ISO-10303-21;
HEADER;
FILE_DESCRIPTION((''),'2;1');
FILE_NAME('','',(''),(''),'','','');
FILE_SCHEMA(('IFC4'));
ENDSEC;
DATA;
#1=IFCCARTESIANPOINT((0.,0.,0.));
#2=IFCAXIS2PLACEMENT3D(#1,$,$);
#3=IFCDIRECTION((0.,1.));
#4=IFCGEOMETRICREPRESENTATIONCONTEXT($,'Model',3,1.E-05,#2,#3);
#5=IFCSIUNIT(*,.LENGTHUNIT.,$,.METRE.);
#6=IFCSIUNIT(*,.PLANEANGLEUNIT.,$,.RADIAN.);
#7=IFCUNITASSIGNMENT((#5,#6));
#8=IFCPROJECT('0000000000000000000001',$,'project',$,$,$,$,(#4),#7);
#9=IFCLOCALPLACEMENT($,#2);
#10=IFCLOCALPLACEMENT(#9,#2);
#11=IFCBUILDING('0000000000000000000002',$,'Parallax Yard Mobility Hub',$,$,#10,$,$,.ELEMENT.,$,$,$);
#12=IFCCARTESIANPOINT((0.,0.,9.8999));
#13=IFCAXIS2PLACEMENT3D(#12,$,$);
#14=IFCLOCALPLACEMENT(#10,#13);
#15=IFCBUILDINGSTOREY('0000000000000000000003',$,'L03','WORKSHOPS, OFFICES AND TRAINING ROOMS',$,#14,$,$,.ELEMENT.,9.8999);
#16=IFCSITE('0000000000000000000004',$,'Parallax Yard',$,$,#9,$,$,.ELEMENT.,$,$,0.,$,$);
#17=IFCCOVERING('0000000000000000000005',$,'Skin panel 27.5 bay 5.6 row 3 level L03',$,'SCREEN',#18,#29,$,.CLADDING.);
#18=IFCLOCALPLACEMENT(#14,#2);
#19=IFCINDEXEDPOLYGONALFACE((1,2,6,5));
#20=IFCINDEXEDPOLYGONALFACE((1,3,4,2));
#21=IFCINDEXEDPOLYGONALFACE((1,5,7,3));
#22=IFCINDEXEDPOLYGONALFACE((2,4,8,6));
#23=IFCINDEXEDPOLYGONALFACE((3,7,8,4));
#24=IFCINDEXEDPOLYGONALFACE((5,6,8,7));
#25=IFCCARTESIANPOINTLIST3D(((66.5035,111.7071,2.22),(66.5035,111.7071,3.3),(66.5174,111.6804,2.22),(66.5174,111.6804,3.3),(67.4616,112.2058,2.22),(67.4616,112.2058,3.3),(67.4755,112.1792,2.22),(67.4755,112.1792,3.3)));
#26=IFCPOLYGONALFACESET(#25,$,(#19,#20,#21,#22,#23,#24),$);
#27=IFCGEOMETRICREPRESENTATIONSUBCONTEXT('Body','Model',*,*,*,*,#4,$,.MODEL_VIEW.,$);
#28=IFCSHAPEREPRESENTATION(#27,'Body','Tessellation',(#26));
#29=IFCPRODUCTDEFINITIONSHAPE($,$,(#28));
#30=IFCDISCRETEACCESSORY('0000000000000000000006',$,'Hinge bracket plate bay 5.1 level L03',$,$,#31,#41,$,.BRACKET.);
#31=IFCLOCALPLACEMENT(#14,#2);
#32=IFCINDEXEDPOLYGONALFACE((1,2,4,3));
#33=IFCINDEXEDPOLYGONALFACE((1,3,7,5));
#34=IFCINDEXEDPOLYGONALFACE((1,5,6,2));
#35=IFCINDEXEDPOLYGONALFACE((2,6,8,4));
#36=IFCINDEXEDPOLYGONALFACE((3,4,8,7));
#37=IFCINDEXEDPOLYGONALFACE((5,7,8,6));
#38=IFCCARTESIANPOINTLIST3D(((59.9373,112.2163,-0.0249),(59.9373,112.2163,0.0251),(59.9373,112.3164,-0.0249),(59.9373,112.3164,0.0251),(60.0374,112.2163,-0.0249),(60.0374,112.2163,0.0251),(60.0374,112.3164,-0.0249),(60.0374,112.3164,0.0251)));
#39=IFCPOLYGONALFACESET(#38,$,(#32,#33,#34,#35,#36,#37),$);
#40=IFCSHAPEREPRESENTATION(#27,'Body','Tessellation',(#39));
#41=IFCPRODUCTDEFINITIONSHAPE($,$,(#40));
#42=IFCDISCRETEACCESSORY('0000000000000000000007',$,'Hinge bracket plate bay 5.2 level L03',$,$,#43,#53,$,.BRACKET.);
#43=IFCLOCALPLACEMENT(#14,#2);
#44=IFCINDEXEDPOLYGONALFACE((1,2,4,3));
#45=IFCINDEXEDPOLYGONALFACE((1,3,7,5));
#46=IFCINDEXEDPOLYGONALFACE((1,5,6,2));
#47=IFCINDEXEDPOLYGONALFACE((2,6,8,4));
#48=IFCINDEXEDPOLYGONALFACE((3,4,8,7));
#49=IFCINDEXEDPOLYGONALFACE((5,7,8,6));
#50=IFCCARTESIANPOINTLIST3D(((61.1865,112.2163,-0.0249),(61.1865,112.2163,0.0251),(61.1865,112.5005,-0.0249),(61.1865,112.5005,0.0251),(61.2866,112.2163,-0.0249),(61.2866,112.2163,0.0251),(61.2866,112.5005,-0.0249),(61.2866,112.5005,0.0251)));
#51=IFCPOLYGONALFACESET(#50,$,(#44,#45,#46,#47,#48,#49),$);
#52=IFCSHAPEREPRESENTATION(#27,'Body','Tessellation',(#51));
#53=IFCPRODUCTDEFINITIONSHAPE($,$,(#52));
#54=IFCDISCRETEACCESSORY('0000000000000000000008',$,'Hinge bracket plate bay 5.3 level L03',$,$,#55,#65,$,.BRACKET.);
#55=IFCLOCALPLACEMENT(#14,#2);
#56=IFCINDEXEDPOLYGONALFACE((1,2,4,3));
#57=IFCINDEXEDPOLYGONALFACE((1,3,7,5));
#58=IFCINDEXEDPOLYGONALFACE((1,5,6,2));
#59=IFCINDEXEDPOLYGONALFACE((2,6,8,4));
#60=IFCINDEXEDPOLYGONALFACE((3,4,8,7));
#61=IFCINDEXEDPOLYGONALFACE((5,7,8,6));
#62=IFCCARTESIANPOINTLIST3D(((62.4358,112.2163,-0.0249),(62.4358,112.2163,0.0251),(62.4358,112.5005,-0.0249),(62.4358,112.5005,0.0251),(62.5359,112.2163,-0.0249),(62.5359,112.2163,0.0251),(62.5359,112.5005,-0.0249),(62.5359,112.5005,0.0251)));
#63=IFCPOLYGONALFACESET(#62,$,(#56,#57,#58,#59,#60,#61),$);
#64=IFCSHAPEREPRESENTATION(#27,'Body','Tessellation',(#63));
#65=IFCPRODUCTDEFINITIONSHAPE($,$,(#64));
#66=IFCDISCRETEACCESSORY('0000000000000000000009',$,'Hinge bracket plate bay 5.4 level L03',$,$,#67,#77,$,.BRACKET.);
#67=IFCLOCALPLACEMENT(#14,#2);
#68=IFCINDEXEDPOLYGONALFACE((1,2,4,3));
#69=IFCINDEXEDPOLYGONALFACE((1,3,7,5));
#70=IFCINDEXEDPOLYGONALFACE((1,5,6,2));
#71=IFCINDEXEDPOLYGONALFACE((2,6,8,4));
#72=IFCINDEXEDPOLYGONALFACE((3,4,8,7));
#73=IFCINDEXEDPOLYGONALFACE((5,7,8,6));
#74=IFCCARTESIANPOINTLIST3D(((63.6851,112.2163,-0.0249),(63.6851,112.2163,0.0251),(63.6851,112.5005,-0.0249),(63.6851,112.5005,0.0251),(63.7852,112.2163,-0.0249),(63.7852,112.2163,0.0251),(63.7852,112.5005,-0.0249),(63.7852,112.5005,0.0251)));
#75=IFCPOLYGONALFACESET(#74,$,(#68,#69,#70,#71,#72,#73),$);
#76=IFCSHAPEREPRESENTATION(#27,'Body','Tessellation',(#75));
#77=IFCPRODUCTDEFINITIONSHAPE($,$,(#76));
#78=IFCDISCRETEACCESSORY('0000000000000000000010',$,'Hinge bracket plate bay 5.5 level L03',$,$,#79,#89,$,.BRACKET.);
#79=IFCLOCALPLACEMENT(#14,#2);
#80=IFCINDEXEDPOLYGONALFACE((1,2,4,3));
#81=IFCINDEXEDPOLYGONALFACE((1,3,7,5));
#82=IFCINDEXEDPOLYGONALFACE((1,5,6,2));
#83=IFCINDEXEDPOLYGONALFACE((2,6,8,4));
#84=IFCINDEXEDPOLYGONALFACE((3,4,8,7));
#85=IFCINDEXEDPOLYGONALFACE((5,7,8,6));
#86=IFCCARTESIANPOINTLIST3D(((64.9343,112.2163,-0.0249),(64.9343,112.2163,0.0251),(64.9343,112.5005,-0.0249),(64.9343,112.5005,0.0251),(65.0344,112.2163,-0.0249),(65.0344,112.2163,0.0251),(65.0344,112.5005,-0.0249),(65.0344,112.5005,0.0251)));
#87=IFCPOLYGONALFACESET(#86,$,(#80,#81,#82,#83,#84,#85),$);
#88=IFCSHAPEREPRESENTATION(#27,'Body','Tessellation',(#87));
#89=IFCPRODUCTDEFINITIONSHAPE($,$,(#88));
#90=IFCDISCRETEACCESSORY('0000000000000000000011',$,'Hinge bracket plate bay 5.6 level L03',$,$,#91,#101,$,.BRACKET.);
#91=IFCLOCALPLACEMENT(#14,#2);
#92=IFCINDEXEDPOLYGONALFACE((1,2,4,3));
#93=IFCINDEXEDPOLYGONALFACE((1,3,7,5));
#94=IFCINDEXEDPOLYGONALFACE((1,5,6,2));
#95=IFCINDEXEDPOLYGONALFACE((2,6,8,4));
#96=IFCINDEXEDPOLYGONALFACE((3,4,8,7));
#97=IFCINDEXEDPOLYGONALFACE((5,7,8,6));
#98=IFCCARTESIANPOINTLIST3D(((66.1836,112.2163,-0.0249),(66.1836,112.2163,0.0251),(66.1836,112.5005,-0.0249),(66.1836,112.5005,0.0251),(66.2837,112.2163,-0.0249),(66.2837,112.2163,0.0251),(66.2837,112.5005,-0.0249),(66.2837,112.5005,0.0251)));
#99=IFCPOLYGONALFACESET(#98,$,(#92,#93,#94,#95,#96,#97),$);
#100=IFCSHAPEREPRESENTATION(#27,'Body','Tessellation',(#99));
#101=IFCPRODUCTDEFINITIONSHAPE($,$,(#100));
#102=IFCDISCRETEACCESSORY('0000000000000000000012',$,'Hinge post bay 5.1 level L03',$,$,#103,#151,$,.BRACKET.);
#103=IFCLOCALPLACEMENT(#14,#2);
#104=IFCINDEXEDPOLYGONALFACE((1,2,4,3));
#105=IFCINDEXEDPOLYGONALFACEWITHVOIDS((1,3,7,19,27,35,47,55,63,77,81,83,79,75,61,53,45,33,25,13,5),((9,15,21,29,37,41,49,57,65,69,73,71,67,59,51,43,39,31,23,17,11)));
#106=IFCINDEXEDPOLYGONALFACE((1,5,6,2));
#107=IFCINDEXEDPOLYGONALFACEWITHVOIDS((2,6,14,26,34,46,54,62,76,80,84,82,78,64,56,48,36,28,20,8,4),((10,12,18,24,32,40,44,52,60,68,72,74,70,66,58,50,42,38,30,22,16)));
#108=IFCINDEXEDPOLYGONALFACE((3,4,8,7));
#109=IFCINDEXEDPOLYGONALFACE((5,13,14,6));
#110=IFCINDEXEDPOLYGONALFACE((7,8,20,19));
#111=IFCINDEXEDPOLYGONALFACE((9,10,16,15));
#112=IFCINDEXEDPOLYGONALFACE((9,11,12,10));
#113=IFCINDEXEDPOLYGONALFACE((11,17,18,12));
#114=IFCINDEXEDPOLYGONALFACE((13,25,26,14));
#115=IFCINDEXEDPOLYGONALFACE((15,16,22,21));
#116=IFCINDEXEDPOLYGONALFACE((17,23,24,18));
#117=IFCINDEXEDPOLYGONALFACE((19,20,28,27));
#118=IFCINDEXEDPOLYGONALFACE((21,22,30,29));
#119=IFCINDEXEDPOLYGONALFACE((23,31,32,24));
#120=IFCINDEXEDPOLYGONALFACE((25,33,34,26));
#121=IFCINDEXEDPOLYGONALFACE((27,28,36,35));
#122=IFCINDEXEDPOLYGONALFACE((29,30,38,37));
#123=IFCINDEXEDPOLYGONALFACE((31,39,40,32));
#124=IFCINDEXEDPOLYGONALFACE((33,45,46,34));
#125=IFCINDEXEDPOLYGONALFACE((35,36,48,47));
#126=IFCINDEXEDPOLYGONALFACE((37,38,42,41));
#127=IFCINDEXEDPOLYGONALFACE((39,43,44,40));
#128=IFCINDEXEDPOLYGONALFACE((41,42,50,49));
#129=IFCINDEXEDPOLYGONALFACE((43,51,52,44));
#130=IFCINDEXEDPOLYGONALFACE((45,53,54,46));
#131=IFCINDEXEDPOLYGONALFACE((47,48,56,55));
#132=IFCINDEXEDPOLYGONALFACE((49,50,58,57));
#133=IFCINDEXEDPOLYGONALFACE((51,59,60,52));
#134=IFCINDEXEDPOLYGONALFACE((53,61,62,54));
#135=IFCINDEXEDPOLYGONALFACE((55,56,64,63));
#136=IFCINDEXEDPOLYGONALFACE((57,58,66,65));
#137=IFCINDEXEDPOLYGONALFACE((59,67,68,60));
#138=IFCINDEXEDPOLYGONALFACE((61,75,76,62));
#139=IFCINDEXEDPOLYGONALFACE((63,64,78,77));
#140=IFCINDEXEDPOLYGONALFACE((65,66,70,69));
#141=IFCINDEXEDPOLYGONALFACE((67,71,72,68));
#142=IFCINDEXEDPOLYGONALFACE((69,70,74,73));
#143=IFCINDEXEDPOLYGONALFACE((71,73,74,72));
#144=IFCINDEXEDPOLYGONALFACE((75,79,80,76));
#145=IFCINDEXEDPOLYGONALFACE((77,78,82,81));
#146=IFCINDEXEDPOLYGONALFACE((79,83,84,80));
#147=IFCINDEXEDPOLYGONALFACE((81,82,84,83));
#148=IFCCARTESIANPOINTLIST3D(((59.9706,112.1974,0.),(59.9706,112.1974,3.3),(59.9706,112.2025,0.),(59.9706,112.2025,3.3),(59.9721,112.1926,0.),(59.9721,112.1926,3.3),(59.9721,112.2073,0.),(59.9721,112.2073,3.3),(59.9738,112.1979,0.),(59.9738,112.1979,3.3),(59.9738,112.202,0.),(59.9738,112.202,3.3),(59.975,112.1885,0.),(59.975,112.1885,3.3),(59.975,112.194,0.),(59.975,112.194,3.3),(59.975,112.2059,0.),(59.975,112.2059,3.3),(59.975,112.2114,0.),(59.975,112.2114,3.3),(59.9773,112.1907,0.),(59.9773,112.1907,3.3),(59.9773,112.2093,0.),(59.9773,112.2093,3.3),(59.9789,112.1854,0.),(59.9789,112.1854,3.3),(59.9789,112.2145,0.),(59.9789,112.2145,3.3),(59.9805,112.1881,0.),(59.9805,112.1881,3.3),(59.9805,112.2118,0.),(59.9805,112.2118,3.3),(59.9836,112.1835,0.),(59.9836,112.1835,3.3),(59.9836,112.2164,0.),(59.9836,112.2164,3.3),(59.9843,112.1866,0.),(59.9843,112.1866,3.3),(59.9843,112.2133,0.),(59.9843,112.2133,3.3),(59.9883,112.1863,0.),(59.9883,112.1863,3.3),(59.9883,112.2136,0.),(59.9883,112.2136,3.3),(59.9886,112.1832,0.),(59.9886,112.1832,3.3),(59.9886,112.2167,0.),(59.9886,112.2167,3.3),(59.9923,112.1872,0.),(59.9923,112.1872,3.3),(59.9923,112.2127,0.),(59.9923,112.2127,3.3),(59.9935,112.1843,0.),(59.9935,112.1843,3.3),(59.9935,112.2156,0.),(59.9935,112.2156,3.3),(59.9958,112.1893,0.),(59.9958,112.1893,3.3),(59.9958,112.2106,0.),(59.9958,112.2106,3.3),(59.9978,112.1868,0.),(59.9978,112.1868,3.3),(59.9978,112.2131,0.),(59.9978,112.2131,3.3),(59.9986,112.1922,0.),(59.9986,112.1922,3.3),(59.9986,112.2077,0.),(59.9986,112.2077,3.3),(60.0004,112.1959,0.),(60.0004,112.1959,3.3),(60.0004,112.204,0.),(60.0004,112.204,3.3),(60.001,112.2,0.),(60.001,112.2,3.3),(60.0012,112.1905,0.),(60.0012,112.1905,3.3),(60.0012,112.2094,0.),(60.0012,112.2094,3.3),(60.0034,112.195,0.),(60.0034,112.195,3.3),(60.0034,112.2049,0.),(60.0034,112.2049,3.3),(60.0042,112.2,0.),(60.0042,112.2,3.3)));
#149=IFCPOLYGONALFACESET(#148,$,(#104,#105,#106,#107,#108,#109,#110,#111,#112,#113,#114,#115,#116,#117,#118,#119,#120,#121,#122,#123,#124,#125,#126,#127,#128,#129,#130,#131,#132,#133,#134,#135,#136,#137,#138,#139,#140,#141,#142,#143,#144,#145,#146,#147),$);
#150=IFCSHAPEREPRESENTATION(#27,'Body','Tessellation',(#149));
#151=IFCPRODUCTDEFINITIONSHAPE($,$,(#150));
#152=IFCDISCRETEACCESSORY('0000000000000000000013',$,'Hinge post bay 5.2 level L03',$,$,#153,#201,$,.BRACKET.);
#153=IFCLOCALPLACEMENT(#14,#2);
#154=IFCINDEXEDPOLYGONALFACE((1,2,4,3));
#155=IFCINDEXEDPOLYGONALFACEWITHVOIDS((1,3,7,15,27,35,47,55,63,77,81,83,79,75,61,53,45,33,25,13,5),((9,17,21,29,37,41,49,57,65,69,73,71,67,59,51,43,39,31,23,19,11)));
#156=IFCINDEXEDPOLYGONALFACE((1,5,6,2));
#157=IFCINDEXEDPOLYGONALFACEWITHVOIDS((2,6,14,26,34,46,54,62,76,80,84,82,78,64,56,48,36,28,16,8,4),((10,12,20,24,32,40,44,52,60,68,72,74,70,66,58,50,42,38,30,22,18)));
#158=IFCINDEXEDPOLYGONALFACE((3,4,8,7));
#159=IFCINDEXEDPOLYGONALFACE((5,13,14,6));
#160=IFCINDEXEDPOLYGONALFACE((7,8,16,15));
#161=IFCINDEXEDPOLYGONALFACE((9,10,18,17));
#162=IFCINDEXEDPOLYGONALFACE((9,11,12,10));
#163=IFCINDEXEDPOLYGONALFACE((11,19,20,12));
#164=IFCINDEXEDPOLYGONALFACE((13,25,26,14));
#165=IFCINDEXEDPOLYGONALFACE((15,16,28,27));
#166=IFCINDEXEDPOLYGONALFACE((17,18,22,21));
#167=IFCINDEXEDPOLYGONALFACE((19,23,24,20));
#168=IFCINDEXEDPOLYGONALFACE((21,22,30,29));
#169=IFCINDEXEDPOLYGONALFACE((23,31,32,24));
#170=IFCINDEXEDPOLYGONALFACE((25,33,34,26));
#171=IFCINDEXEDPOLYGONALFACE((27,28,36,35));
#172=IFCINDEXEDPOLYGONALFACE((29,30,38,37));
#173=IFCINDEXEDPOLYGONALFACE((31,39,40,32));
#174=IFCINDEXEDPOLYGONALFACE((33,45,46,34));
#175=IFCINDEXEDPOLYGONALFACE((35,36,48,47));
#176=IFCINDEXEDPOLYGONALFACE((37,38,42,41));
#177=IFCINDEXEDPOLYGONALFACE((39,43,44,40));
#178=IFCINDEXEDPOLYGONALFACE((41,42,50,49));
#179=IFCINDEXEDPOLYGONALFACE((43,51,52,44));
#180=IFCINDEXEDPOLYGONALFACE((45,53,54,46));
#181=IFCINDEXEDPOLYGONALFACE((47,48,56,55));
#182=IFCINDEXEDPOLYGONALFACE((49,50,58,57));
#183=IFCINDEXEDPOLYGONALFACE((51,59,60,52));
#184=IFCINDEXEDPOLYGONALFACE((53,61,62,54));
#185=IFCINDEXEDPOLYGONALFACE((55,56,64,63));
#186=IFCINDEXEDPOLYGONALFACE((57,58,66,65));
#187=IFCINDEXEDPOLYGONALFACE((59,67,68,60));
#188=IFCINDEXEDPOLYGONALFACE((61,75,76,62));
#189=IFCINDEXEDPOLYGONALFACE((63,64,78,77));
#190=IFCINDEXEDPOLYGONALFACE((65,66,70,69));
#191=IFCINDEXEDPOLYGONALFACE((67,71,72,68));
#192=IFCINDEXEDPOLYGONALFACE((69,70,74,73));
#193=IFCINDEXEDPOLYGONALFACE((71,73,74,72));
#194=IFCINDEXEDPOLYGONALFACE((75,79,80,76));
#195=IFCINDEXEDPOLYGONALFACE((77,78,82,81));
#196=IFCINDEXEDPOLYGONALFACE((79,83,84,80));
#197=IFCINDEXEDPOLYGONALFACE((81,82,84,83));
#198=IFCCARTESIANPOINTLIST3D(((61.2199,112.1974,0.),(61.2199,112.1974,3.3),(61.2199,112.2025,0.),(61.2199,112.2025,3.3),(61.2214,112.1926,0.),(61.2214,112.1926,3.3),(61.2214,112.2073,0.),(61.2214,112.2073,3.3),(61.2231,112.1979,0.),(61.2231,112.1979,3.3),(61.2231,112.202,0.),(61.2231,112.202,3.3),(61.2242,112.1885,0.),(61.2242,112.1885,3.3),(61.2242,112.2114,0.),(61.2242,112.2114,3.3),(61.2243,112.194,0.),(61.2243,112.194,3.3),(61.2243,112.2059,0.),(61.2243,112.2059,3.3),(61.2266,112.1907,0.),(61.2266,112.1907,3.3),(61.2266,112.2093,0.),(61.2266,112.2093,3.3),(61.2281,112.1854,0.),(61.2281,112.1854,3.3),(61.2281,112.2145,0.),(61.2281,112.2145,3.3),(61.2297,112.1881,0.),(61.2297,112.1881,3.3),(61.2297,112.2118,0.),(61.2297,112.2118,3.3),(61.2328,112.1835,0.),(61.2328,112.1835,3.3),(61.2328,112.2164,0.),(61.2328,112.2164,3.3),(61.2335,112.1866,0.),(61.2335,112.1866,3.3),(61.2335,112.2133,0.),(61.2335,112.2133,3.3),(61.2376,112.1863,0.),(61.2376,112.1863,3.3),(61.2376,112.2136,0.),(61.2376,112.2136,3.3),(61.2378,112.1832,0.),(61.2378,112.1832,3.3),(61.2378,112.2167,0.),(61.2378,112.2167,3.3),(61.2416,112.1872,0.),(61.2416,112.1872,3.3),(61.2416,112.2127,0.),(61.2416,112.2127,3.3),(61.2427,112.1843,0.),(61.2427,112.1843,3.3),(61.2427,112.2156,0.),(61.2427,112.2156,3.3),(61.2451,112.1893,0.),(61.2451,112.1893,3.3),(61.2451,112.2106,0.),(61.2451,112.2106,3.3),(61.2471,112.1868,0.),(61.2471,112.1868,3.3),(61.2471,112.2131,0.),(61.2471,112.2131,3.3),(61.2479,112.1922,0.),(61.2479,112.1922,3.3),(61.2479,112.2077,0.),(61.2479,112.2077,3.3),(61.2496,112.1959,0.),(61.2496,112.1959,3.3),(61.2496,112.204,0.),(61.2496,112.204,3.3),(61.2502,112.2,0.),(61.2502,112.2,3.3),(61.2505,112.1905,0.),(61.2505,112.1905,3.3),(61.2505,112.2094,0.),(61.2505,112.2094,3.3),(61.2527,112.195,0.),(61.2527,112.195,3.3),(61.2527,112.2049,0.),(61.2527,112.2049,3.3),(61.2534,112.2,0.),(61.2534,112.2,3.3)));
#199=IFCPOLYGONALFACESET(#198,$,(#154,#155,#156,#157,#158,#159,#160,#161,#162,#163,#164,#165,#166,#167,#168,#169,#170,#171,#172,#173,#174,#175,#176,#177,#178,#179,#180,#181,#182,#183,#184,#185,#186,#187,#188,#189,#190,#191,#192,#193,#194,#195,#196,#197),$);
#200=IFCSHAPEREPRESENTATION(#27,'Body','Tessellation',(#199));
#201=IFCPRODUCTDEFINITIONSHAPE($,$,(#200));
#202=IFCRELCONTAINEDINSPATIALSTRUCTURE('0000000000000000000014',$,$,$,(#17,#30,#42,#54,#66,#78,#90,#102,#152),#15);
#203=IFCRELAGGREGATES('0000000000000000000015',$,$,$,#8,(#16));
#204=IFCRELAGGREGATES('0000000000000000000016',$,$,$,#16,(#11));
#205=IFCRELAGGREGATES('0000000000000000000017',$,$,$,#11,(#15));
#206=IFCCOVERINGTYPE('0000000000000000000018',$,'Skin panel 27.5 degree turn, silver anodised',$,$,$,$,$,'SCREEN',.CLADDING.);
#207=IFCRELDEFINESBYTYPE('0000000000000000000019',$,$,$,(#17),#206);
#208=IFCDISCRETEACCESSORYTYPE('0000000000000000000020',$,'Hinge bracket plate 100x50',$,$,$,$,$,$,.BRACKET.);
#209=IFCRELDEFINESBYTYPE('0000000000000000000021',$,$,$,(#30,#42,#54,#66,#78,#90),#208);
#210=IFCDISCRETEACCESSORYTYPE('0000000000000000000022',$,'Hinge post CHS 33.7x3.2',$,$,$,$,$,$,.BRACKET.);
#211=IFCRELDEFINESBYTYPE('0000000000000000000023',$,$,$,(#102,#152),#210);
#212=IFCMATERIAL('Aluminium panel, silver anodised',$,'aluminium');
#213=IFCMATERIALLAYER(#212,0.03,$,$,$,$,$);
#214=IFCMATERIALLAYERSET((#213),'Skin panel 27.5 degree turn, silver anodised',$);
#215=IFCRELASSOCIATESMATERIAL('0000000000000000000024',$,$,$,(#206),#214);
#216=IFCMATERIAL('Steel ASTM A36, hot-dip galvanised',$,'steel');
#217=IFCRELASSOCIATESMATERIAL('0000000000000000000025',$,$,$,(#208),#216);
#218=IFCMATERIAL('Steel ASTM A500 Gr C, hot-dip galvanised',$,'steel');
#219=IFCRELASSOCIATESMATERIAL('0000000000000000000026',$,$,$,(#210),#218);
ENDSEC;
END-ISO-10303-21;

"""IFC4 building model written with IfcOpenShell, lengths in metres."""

from ifc_helpers import new_model, si_unit, direction, frame, origin, origin_2d, place, context, subcontext, project, spatial, rectangle, hollow_circle, extrude, material, layer, layer_set, material_profile, profile_set, type_object, element, save


model = new_model("IFC4")

# Units and contexts
model_context = context("Model", 3, precision=1e-05, world=origin(), true_north=direction((0.0, 1.0)))
body_context = subcontext(model_context, "Body", "Model", "MODEL_VIEW")
ifc_project = project(units=[si_unit("LENGTHUNIT", "METRE"), si_unit("PLANEANGLEUNIT", "RADIAN")], contexts=[model_context])

# Site, building, storey
site_placement = place(None, origin())
site = spatial("IfcSite", under=ifc_project, at=site_placement, Name="Parallax Yard", CompositionType="ELEMENT", RefElevation=0.0)
building_placement = place(site_placement, origin())
building = spatial("IfcBuilding", under=site, at=building_placement, Name="Parallax Yard Mobility Hub", CompositionType="ELEMENT")
storey_placement = place(building_placement, frame((0.0, 0.0, 9.8999)))
storey = spatial("IfcBuildingStorey", under=building, at=storey_placement, Name="L03", Description="WORKSHOPS, OFFICES AND TRAINING ROOMS", CompositionType="ELEMENT", Elevation=9.8999)

# Covering
ifc_material_1 = material(Name="Aluminium panel, silver anodised", Category="aluminium")
ifc_layer_1 = layer(ifc_material_1, 0.03)
ifc_layer_set_1 = layer_set([ifc_layer_1], Name="Skin panel 27.5 degree turn, silver anodised")
covering_type_1 = type_object("IfcCoveringType", Name="Skin panel 27.5 degree turn, silver anodised", ElementType="SCREEN", PredefinedType="CLADDING", material=ifc_layer_set_1)
for number, where, z_axis, x_axis, name in (
    (1, (66.9895, 111.9431, 2.22), (0.0, 0.0, 1.0), (-0.887011, -0.461749, 0.0), "Skin panel 27.5 bay 5.6 row 3 level L03"),
):
    element("IfcCovering", number, at=place(storey_placement, frame(where, z_axis=z_axis, x_axis=x_axis)), inside=storey, type_object=covering_type_1, Name=name, ObjectType="SCREEN", PredefinedType="CLADDING", context=body_context, shape_type="SweptSolid", body=[
        extrude(rectangle(XDim=1.0801, YDim=0.03, at=origin_2d()), origin(), (0.0, 0.0, 1.0), 1.0801),
    ])

# Discrete accessories
ifc_material_2 = material(Name="Steel ASTM A36, hot-dip galvanised", Category="steel")
discrete_accessory_type_1 = type_object("IfcDiscreteAccessoryType", Name="Hinge bracket plate 100x50", PredefinedType="BRACKET", material=ifc_material_2)
discrete_accessory_placement = place(storey_placement, frame((59.9873, 112.2664, -0.0249), z_axis=(0.0, 0.0, 1.0), x_axis=(0.0, -1.0, 0.0)))
element("IfcDiscreteAccessory", 2, at=discrete_accessory_placement, inside=storey, type_object=discrete_accessory_type_1, Name="Hinge bracket plate bay 5.1 level L03", PredefinedType="BRACKET", context=body_context, shape_type="SweptSolid", body=[
    extrude(rectangle(XDim=0.1001, YDim=0.1001, at=origin_2d()), origin(), (0.0, 0.0, 1.0), 0.05),
])
for number, where, z_axis, x_axis, name in (
    (3, (61.2366, 112.3584, -0.0249), (0.0, 0.0, 1.0), (0.0, -1.0, 0.0), "Hinge bracket plate bay 5.2 level L03"),
    (4, (62.4858, 112.3584, -0.0249), (0.0, 0.0, 1.0), (0.0, -1.0, 0.0), "Hinge bracket plate bay 5.3 level L03"),
    (5, (63.7351, 112.3584, -0.0249), (0.0, 0.0, 1.0), (0.0, -1.0, 0.0), "Hinge bracket plate bay 5.4 level L03"),
    (6, (64.9844, 112.3584, -0.0249), (0.0, 0.0, 1.0), (0.0, -1.0, 0.0), "Hinge bracket plate bay 5.5 level L03"),
    (7, (66.2336, 112.3584, -0.0249), (0.0, 0.0, 1.0), (0.0, -1.0, 0.0), "Hinge bracket plate bay 5.6 level L03"),
):
    element("IfcDiscreteAccessory", number, at=place(storey_placement, frame(where, z_axis=z_axis, x_axis=x_axis)), inside=storey, type_object=discrete_accessory_type_1, Name=name, PredefinedType="BRACKET", context=body_context, shape_type="SweptSolid", body=[
        extrude(rectangle(XDim=0.2842, YDim=0.1001, at=origin_2d()), origin(), (0.0, 0.0, 1.0), 0.05),
    ])
ifc_material_3 = material(Name="Steel ASTM A500 Gr C, hot-dip galvanised", Category="steel")
ifc_material_profile_1 = material_profile(ifc_material_3, hollow_circle(Radius=0.0168, WallThickness=0.0032, at=origin_2d()), Name="CHS 33.7x3.2")
ifc_profile_set_1 = profile_set([ifc_material_profile_1], Name="Steel ASTM A500 Gr C, hot-dip galvanised")
discrete_accessory_type_2 = type_object("IfcDiscreteAccessoryType", Name="Hinge post CHS 33.7x3.2", PredefinedType="BRACKET", material=ifc_profile_set_1)
for number, where, z_axis, x_axis, name in (
    (8, (59.9873, 112.2, 0.0), (0.0, 0.0, 1.0), (1.0, 0.0, 0.0), "Hinge post bay 5.1 level L03"),
    (9, (61.2366, 112.2, 0.0), (0.0, 0.0, 1.0), (1.0, 0.0, 0.0), "Hinge post bay 5.2 level L03"),
):
    element("IfcDiscreteAccessory", number, at=place(storey_placement, frame(where, z_axis=z_axis, x_axis=x_axis)), inside=storey, type_object=discrete_accessory_type_2, Name=name, PredefinedType="BRACKET", context=body_context, shape_type="SweptSolid", body=[
        extrude(hollow_circle(Radius=0.0168, WallThickness=0.0032, at=origin_2d()), origin(), (0.0, 0.0, 1.0), 3.3),
    ])

save(model, "model.ifc")
